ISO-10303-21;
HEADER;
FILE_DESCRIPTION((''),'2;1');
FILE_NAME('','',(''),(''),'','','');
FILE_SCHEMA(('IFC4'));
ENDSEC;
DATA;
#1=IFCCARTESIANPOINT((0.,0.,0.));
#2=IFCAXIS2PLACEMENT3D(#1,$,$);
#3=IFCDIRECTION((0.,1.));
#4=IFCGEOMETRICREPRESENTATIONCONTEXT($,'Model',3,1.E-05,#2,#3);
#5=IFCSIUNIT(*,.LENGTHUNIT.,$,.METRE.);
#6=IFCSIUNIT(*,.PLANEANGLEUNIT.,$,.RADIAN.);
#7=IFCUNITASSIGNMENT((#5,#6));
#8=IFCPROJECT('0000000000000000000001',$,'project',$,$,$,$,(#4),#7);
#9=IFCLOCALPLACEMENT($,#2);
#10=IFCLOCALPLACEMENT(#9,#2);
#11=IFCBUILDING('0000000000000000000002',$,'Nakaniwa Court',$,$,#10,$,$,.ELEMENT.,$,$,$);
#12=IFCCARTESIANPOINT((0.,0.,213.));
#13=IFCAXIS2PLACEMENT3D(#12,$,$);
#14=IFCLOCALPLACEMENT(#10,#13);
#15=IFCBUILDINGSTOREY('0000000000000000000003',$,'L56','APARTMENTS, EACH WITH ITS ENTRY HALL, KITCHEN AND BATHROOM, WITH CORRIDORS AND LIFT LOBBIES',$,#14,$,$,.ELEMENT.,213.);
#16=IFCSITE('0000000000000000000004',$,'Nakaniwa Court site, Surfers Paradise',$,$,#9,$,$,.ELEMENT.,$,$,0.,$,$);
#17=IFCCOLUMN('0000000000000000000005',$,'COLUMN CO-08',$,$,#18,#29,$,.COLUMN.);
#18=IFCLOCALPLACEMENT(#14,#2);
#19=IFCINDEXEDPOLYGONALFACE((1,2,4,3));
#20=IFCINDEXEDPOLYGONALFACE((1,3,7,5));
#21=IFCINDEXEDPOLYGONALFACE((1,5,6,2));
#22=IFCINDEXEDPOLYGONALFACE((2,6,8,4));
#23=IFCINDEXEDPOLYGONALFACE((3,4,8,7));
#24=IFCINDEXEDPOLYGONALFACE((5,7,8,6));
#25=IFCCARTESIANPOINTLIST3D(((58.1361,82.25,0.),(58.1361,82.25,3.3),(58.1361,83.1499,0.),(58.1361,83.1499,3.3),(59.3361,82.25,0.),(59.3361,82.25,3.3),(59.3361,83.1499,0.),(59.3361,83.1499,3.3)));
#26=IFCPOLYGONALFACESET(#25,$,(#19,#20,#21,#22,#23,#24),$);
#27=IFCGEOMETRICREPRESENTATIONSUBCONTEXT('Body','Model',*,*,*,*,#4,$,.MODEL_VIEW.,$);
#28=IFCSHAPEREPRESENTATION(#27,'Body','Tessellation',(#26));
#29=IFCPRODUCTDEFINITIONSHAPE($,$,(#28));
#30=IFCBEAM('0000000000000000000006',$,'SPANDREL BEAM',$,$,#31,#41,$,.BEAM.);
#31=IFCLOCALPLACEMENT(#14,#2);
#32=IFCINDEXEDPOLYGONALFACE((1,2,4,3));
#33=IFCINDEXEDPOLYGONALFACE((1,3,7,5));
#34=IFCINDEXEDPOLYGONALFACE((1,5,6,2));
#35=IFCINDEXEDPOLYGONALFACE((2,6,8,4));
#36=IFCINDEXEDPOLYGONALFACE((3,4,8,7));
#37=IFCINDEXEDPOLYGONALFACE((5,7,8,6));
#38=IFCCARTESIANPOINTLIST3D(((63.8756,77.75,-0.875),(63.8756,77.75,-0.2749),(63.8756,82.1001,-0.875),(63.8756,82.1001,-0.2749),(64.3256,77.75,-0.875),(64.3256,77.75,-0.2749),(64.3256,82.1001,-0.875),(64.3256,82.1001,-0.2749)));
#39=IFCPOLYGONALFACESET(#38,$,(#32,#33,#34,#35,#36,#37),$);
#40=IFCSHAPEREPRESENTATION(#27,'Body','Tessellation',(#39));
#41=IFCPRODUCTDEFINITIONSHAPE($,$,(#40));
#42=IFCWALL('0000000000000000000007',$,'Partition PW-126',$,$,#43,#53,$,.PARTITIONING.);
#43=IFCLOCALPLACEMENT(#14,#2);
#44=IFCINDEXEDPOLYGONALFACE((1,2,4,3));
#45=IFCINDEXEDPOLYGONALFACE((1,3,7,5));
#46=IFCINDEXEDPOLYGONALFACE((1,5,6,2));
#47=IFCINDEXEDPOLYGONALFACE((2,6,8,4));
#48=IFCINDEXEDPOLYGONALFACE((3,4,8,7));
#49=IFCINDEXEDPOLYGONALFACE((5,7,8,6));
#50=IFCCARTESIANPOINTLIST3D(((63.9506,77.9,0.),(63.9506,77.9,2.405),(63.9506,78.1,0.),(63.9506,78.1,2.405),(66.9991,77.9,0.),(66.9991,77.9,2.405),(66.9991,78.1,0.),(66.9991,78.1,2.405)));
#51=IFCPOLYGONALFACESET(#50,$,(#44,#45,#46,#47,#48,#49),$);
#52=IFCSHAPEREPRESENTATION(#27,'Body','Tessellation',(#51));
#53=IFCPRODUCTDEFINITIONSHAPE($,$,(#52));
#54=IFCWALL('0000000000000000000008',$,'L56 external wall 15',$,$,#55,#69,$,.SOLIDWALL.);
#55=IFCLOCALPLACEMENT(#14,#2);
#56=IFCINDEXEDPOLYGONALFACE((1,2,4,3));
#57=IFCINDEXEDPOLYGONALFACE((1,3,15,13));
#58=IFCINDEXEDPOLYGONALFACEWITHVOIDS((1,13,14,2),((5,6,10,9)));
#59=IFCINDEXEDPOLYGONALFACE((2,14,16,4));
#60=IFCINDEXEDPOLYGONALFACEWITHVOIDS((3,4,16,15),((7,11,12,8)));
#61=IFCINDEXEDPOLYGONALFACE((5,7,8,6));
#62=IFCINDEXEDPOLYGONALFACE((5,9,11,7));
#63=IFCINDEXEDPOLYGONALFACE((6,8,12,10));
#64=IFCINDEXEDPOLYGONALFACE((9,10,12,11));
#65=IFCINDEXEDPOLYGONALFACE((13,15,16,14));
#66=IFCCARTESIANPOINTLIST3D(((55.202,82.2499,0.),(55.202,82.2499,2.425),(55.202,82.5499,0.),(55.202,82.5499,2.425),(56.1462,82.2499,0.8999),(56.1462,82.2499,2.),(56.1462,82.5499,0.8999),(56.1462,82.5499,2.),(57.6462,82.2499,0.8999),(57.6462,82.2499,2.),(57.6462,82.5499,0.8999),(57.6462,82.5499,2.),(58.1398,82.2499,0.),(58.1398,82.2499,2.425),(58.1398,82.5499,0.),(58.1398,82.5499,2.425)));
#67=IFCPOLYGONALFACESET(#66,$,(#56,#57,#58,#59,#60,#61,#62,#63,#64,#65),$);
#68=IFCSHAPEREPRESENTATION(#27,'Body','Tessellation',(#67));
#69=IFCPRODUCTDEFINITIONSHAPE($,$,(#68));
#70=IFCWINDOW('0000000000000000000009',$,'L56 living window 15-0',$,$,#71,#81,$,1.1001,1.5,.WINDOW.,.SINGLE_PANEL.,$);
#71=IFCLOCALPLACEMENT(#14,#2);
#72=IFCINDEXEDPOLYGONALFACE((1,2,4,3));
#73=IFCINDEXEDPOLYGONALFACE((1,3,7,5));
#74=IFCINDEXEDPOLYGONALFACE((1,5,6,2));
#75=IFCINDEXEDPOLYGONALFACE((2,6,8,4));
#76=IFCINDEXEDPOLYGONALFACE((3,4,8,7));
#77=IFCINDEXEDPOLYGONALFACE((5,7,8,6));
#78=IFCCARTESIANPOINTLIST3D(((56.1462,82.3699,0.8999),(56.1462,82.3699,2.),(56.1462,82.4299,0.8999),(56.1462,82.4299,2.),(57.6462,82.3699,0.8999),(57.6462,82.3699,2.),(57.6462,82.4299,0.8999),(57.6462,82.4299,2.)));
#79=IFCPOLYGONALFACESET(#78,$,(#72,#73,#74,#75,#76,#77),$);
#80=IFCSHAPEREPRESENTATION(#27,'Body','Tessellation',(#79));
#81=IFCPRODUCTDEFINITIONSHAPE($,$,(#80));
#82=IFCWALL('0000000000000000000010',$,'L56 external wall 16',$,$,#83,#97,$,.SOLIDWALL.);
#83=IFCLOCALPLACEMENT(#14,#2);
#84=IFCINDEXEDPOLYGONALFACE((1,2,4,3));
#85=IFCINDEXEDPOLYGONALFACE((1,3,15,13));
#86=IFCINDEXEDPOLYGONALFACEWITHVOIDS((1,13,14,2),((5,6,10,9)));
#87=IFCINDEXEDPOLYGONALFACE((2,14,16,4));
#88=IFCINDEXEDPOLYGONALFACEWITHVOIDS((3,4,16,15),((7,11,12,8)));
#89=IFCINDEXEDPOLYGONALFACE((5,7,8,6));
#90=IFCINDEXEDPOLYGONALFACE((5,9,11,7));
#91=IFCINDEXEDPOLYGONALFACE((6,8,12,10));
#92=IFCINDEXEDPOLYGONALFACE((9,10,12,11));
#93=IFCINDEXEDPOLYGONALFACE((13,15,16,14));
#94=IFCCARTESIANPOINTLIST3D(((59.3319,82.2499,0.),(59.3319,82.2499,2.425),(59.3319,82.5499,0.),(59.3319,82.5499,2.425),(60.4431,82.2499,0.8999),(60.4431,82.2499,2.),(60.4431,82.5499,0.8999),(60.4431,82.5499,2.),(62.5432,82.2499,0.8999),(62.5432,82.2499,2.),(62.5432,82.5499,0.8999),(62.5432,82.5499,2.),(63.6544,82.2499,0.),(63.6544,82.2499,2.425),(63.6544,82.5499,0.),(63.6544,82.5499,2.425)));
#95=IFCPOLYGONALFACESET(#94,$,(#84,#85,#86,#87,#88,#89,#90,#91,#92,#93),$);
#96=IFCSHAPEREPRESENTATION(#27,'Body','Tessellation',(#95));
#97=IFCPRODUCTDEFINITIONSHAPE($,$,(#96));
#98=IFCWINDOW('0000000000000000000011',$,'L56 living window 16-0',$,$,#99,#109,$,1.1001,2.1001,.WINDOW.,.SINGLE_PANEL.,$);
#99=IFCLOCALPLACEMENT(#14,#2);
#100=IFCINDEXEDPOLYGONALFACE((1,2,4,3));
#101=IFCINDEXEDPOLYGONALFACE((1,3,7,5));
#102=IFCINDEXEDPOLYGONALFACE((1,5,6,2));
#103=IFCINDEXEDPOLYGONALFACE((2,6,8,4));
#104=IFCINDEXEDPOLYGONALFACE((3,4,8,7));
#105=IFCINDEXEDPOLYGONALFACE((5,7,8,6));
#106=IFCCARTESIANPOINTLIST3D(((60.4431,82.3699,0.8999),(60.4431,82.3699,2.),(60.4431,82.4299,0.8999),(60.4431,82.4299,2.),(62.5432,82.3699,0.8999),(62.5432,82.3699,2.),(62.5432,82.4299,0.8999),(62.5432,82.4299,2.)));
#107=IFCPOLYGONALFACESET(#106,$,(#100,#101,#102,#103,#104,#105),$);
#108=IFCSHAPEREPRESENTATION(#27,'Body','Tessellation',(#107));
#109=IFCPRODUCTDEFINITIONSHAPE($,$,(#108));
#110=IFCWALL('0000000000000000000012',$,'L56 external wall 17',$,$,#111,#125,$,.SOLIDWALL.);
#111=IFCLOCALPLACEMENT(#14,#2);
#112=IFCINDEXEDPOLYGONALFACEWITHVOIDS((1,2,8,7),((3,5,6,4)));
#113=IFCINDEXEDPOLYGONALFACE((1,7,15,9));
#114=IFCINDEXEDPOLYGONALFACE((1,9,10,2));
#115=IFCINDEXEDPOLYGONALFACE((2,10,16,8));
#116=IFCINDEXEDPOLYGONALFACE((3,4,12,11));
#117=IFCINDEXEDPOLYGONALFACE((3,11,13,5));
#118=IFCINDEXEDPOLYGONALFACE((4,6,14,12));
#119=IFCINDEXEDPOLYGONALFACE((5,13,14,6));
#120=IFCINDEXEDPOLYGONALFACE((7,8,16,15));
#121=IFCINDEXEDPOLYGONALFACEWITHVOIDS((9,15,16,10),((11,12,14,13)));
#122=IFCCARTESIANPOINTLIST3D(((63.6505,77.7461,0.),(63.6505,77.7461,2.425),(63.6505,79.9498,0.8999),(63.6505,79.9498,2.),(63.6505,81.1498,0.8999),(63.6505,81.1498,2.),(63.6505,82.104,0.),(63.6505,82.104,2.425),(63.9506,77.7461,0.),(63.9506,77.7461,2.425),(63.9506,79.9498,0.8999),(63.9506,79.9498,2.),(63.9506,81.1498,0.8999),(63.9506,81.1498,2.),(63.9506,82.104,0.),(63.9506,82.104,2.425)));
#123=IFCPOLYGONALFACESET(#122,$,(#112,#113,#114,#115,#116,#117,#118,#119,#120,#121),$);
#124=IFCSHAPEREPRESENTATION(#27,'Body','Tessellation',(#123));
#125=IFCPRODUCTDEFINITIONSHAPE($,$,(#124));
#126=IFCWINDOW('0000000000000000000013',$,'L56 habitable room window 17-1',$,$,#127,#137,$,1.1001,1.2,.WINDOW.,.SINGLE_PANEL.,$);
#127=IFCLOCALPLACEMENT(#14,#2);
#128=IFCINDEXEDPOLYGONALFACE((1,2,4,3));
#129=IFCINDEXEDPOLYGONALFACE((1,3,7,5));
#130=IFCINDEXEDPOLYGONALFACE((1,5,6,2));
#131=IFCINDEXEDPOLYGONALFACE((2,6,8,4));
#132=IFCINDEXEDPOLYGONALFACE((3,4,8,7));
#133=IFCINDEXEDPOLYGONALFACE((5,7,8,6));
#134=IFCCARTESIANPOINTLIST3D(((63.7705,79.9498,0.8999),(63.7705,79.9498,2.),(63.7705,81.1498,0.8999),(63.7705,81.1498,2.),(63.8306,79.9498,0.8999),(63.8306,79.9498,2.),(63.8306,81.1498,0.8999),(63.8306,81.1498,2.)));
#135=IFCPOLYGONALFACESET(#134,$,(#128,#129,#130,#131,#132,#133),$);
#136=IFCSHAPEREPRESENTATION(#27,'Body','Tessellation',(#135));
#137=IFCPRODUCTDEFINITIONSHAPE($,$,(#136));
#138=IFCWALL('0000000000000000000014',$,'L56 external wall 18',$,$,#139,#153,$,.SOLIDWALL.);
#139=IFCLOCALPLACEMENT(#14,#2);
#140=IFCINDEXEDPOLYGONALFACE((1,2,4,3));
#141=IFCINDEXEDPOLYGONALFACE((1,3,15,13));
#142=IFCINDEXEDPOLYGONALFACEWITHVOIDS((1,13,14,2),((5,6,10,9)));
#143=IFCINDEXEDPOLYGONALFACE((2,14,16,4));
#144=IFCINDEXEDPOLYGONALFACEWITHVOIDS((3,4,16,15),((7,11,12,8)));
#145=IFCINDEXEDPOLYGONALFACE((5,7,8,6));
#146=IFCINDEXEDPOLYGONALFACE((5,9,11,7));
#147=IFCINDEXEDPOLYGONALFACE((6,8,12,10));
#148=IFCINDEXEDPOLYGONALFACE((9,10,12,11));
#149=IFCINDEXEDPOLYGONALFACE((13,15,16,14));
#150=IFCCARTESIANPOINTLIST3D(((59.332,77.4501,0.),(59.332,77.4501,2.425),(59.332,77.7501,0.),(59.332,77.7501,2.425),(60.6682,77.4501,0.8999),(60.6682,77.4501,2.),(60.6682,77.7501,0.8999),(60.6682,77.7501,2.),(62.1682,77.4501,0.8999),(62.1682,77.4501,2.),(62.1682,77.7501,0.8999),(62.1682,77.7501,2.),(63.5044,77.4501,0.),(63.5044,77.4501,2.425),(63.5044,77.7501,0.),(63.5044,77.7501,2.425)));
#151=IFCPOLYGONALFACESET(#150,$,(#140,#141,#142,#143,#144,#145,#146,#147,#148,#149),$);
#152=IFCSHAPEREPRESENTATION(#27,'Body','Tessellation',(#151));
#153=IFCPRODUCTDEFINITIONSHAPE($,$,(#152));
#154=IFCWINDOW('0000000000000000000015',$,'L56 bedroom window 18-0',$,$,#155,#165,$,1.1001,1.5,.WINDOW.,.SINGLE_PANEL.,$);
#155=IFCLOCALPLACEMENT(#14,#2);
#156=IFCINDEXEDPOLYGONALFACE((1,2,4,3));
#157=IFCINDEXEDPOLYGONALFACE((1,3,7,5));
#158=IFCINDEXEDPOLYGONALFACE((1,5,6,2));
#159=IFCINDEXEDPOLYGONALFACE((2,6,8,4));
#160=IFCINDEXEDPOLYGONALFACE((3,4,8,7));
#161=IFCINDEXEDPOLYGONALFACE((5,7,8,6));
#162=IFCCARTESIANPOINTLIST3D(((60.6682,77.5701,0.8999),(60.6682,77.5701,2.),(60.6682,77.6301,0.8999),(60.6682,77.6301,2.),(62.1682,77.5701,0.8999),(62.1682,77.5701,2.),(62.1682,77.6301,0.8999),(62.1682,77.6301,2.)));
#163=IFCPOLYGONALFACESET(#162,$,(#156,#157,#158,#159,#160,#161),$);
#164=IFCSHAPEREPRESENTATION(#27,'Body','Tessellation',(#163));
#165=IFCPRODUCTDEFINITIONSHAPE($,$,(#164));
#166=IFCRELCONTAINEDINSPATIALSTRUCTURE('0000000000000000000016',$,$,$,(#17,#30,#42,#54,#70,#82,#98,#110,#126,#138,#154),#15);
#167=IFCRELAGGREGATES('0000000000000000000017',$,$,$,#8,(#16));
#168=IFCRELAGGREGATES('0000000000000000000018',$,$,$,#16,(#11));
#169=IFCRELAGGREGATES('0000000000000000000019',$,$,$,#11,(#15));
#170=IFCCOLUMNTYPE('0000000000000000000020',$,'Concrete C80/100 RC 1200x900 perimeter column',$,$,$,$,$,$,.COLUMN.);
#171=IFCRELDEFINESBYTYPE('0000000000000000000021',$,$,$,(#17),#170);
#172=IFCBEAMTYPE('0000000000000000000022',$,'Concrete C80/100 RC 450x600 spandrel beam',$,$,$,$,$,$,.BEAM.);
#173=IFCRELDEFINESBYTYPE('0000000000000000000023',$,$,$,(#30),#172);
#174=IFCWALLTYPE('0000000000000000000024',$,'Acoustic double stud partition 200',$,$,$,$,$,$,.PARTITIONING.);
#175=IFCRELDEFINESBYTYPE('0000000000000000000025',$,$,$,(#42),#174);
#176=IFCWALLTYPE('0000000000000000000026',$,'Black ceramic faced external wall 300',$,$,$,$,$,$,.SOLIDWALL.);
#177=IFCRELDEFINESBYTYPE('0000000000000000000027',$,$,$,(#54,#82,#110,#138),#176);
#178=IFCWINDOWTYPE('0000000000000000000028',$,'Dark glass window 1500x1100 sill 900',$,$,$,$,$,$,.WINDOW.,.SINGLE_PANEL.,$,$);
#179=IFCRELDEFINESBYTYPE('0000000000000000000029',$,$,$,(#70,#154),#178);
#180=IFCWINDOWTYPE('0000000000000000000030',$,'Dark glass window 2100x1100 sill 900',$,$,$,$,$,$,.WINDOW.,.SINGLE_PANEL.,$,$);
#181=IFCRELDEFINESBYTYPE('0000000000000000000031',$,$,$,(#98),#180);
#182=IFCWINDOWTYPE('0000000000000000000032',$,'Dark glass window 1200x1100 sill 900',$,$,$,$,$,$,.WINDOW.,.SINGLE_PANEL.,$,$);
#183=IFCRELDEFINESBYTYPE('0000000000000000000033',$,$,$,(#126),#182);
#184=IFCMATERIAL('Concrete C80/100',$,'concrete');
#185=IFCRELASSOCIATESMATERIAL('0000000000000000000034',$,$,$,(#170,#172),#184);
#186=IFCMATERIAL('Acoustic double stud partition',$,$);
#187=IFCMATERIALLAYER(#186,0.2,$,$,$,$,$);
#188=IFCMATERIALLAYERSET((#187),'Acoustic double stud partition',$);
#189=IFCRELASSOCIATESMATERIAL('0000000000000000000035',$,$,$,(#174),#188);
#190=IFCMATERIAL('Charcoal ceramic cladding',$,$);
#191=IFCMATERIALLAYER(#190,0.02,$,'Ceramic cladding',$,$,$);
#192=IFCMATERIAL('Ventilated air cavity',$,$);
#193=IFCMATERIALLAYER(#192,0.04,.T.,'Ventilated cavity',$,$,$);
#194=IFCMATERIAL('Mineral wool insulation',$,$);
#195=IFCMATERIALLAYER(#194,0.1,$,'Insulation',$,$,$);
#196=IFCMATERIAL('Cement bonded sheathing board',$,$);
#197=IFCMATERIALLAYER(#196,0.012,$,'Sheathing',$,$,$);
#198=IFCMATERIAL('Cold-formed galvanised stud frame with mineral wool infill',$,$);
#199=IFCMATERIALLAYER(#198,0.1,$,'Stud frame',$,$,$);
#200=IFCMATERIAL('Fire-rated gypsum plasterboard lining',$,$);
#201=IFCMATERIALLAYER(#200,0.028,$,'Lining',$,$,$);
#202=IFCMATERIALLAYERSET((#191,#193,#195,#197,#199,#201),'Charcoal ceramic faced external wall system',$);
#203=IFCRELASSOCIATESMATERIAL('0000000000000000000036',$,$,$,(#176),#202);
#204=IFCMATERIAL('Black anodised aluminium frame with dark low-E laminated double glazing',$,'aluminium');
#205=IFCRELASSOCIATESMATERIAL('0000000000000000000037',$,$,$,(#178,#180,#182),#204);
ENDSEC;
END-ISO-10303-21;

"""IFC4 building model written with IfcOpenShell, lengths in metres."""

from ifc_helpers import new_model, si_unit, direction, frame, frame_2d, origin, origin_2d, place, context, subcontext, project, spatial, rectangle, extrude, material, layer, layer_set, material_profile, profile_set, type_object, element, fill, save


model = new_model("IFC4")

# Units and contexts
model_context = context("Model", 3, precision=1e-05, world=origin(), true_north=direction((0.0, 1.0)))
body_context = subcontext(model_context, "Body", "Model", "MODEL_VIEW")
ifc_project = project(units=[si_unit("LENGTHUNIT", "METRE"), si_unit("PLANEANGLEUNIT", "RADIAN")], contexts=[model_context])

# Site, building, storey
site_placement = place(None, origin())
site = spatial("IfcSite", under=ifc_project, at=site_placement, Name="Nakaniwa Court site, Surfers Paradise", CompositionType="ELEMENT", RefElevation=0.0)
building_placement = place(site_placement, origin())
building = spatial("IfcBuilding", under=site, at=building_placement, Name="Nakaniwa Court", CompositionType="ELEMENT")
storey_placement = place(building_placement, frame((0.0, 0.0, 213.0)))
storey = spatial("IfcBuildingStorey", under=building, at=storey_placement, Name="L56", Description="APARTMENTS, EACH WITH ITS ENTRY HALL, KITCHEN AND BATHROOM, WITH CORRIDORS AND LIFT LOBBIES", CompositionType="ELEMENT", Elevation=213.0)

# Column
ifc_material_1 = material(Name="Concrete C80/100", Category="concrete")
ifc_material_profile_1 = material_profile(ifc_material_1, rectangle(XDim=1.2, YDim=0.8999, at=origin_2d()), Name="Concrete C80/100 RC 1200x900 perimeter column")
ifc_profile_set_1 = profile_set([ifc_material_profile_1], Name="Concrete C80/100")
column_type = type_object("IfcColumnType", Name="Concrete C80/100 RC 1200x900 perimeter column", PredefinedType="COLUMN", material=ifc_profile_set_1)
column_placement = place(storey_placement, frame((58.7361, 82.7, 0.0), z_axis=(0.0, 0.0, 1.0), x_axis=(1.0, 0.0, 0.0)))
element("IfcColumn", 1, at=column_placement, inside=storey, type_object=column_type, Name="COLUMN CO-08", PredefinedType="COLUMN", context=body_context, shape_type="SweptSolid", body=[
    extrude(rectangle(XDim=1.2, YDim=0.8999, at=origin_2d()), origin(), (0.0, 0.0, 1.0), 3.3),
])

# Beam
ifc_material_profile_2 = material_profile(ifc_material_1, rectangle(XDim=0.45, YDim=0.6001, at=origin_2d()), Name="Concrete C80/100 RC 450x600 spandrel beam")
ifc_profile_set_2 = profile_set([ifc_material_profile_2], Name="Concrete C80/100")
beam_type = type_object("IfcBeamType", Name="Concrete C80/100 RC 450x600 spandrel beam", PredefinedType="BEAM", material=ifc_profile_set_2)
beam_placement = place(storey_placement, frame((64.1006, 82.1001, -0.575), z_axis=(0.0, -1.0, 0.0), x_axis=(1.0, 0.0, 0.0)))
element("IfcBeam", 2, at=beam_placement, inside=storey, type_object=beam_type, Name="SPANDREL BEAM", PredefinedType="BEAM", context=body_context, shape_type="SweptSolid", body=[
    extrude(rectangle(XDim=0.45, YDim=0.6001, at=origin_2d()), origin(), (0.0, 0.0, 1.0), 4.3501),
])

# Wall
ifc_material_2 = material(Name="Acoustic double stud partition")
ifc_layer_1 = layer(ifc_material_2, 0.2)
ifc_layer_set_1 = layer_set([ifc_layer_1], Name="Acoustic double stud partition")
wall_type_1 = type_object("IfcWallType", Name="Acoustic double stud partition 200", PredefinedType="PARTITIONING", material=ifc_layer_set_1)
wall_1_placement = place(storey_placement, frame((63.9504, 78.0, 0.0), z_axis=(0.0, 0.0, 1.0), x_axis=(1.0, 0.0, 0.0)))
element("IfcWall", 3, at=wall_1_placement, inside=storey, type_object=wall_type_1, Name="Partition PW-126", PredefinedType="PARTITIONING", context=body_context, shape_type="SweptSolid", body=[
    extrude(rectangle(XDim=3.0486, YDim=0.2, at=frame_2d((1.5244, 0.0))), origin(), (0.0, 0.0, 1.0), 2.405),
])

# Walls, openings, windows
ifc_material_3 = material(Name="Charcoal ceramic cladding")
ifc_layer_2 = layer(ifc_material_3, 0.02, Name="Ceramic cladding")
ifc_material_4 = material(Name="Ventilated air cavity")
ifc_layer_3 = layer(ifc_material_4, 0.04, ventilated=True, Name="Ventilated cavity")
ifc_material_5 = material(Name="Mineral wool insulation")
ifc_layer_4 = layer(ifc_material_5, 0.1, Name="Insulation")
ifc_material_6 = material(Name="Cement bonded sheathing board")
ifc_layer_5 = layer(ifc_material_6, 0.012, Name="Sheathing")
ifc_material_7 = material(Name="Cold-formed galvanised stud frame with mineral wool infill")
ifc_layer_6 = layer(ifc_material_7, 0.1, Name="Stud frame")
ifc_material_8 = material(Name="Fire-rated gypsum plasterboard lining")
ifc_layer_7 = layer(ifc_material_8, 0.028, Name="Lining")
ifc_layer_set_2 = layer_set([ifc_layer_2, ifc_layer_3, ifc_layer_4, ifc_layer_5, ifc_layer_6, ifc_layer_7], Name="Charcoal ceramic faced external wall system")
wall_type_2 = type_object("IfcWallType", Name="Black ceramic faced external wall 300", PredefinedType="SOLIDWALL", material=ifc_layer_set_2)
wall_2_placement = place(storey_placement, frame((55.2021, 82.3999, 0.0), z_axis=(0.0, 0.0, 1.0), x_axis=(1.0, 0.0, 0.0)))
wall_2 = element("IfcWall", 4, at=wall_2_placement, inside=storey, type_object=wall_type_2, Name="L56 external wall 15", PredefinedType="SOLIDWALL", context=body_context, shape_type="SweptSolid", body=[
    extrude(rectangle(XDim=2.9377, YDim=0.3, at=frame_2d((1.4688, 0.0))), origin(), (0.0, 0.0, 1.0), 2.425),
])
opening_1_placement = place(wall_2_placement, frame((0.9441, 0.0, 0.8999)))
opening_1 = element("IfcOpeningElement", 5, at=opening_1_placement, cuts=wall_2, PredefinedType="OPENING", context=body_context, shape_type="SweptSolid", body=[
    extrude(rectangle(XDim=1.5, YDim=1.1001, at=frame_2d((0.75, 0.55))), frame((0.0, 0.1599, 0.0), z_axis=(0.0, -1.0, 0.0), x_axis=(1.0, 0.0, 0.0)), (0.0, 0.0, 1.0), 0.3201),
])
ifc_material_9 = material(Name="Black anodised aluminium frame with dark low-E laminated double glazing", Category="aluminium")
window_type_1 = type_object("IfcWindowType", Name="Dark glass window 1500x1100 sill 900", PartitioningType="SINGLE_PANEL", PredefinedType="WINDOW", material=ifc_material_9)
window_1_placement = place(opening_1_placement, origin())
window_1 = element("IfcWindow", 6, at=window_1_placement, inside=storey, type_object=window_type_1, Name="L56 living window 15-0", OverallHeight=1.1001, OverallWidth=1.5, PartitioningType="SINGLE_PANEL", PredefinedType="WINDOW", context=body_context, shape_type="SweptSolid", body=[
    extrude(rectangle(XDim=1.5, YDim=1.1001, at=frame_2d((0.75, 0.55))), frame((0.0, 0.03, 0.0), z_axis=(0.0, -1.0, 0.0), x_axis=(1.0, 0.0, 0.0)), (0.0, 0.0, 1.0), 0.0601),
])
fill(opening_1, window_1)
wall_3_placement = place(storey_placement, frame((59.332, 82.3999, 0.0), z_axis=(0.0, 0.0, 1.0), x_axis=(1.0, 0.0, 0.0)))
wall_3 = element("IfcWall", 7, at=wall_3_placement, inside=storey, type_object=wall_type_2, Name="L56 external wall 16", PredefinedType="SOLIDWALL", context=body_context, shape_type="SweptSolid", body=[
    extrude(rectangle(XDim=4.3225, YDim=0.3, at=frame_2d((2.1611, 0.0))), origin(), (0.0, 0.0, 1.0), 2.425),
])
opening_2_placement = place(wall_3_placement, frame((1.1111, 0.0, 0.8999)))
opening_2 = element("IfcOpeningElement", 8, at=opening_2_placement, cuts=wall_3, PredefinedType="OPENING", context=body_context, shape_type="SweptSolid", body=[
    extrude(rectangle(XDim=2.1001, YDim=1.1001, at=frame_2d((1.05, 0.55))), frame((0.0, 0.1599, 0.0), z_axis=(0.0, -1.0, 0.0), x_axis=(1.0, 0.0, 0.0)), (0.0, 0.0, 1.0), 0.3201),
])
window_type_2 = type_object("IfcWindowType", Name="Dark glass window 2100x1100 sill 900", PartitioningType="SINGLE_PANEL", PredefinedType="WINDOW", material=ifc_material_9)
window_2_placement = place(opening_2_placement, origin())
window_2 = element("IfcWindow", 9, at=window_2_placement, inside=storey, type_object=window_type_2, Name="L56 living window 16-0", OverallHeight=1.1001, OverallWidth=2.1001, PartitioningType="SINGLE_PANEL", PredefinedType="WINDOW", context=body_context, shape_type="SweptSolid", body=[
    extrude(rectangle(XDim=2.1001, YDim=1.1001, at=frame_2d((1.05, 0.55))), frame((0.0, 0.03, 0.0), z_axis=(0.0, -1.0, 0.0), x_axis=(1.0, 0.0, 0.0)), (0.0, 0.0, 1.0), 0.0601),
])
fill(opening_2, window_2)
wall_4_placement = place(storey_placement, frame((63.8005, 82.104, 0.0), z_axis=(0.0, 0.0, 1.0), x_axis=(0.0, -1.0, 0.0)))
wall_4 = element("IfcWall", 10, at=wall_4_placement, inside=storey, type_object=wall_type_2, Name="L56 external wall 17", PredefinedType="SOLIDWALL", context=body_context, shape_type="SweptSolid", body=[
    extrude(rectangle(XDim=4.3579, YDim=0.3, at=frame_2d((2.179, 0.0))), origin(), (0.0, 0.0, 1.0), 2.425),
])
opening_3_placement = place(wall_4_placement, frame((0.9541, 0.0, 0.8999)))
opening_3 = element("IfcOpeningElement", 11, at=opening_3_placement, cuts=wall_4, PredefinedType="OPENING", context=body_context, shape_type="SweptSolid", body=[
    extrude(rectangle(XDim=1.2, YDim=1.1001, at=frame_2d((0.6001, 0.55))), frame((0.0, 0.1599, 0.0), z_axis=(0.0, -1.0, 0.0), x_axis=(1.0, 0.0, 0.0)), (0.0, 0.0, 1.0), 0.3201),
])
window_type_3 = type_object("IfcWindowType", Name="Dark glass window 1200x1100 sill 900", PartitioningType="SINGLE_PANEL", PredefinedType="WINDOW", material=ifc_material_9)
window_3_placement = place(opening_3_placement, origin())
window_3 = element("IfcWindow", 12, at=window_3_placement, inside=storey, type_object=window_type_3, Name="L56 habitable room window 17-1", OverallHeight=1.1001, OverallWidth=1.2, PartitioningType="SINGLE_PANEL", PredefinedType="WINDOW", context=body_context, shape_type="SweptSolid", body=[
    extrude(rectangle(XDim=1.2, YDim=1.1001, at=frame_2d((0.6001, 0.55))), frame((0.0, 0.03, 0.0), z_axis=(0.0, -1.0, 0.0), x_axis=(1.0, 0.0, 0.0)), (0.0, 0.0, 1.0), 0.0601),
])
fill(opening_3, window_3)
wall_5_placement = place(storey_placement, frame((63.5044, 77.6001, 0.0), z_axis=(0.0, 0.0, 1.0), x_axis=(-1.0, 0.0, 0.0)))
wall_5 = element("IfcWall", 13, at=wall_5_placement, inside=storey, type_object=wall_type_2, Name="L56 external wall 18", PredefinedType="SOLIDWALL", context=body_context, shape_type="SweptSolid", body=[
    extrude(rectangle(XDim=4.1724, YDim=0.3, at=frame_2d((2.0862, 0.0))), origin(), (0.0, 0.0, 1.0), 2.425),
])
opening_4_placement = place(wall_5_placement, frame((1.3362, 0.0, 0.8999)))
opening_4 = element("IfcOpeningElement", 14, at=opening_4_placement, cuts=wall_5, PredefinedType="OPENING", context=body_context, shape_type="SweptSolid", body=[
    extrude(rectangle(XDim=1.5, YDim=1.1001, at=frame_2d((0.75, 0.55))), frame((0.0, 0.1599, 0.0), z_axis=(0.0, -1.0, 0.0), x_axis=(1.0, 0.0, 0.0)), (0.0, 0.0, 1.0), 0.3201),
])
window_4_placement = place(opening_4_placement, origin())
window_4 = element("IfcWindow", 15, at=window_4_placement, inside=storey, type_object=window_type_1, Name="L56 bedroom window 18-0", OverallHeight=1.1001, OverallWidth=1.5, PartitioningType="SINGLE_PANEL", PredefinedType="WINDOW", context=body_context, shape_type="SweptSolid", body=[
    extrude(rectangle(XDim=1.5, YDim=1.1001, at=frame_2d((0.75, 0.55))), frame((0.0, 0.03, 0.0), z_axis=(0.0, -1.0, 0.0), x_axis=(1.0, 0.0, 0.0)), (0.0, 0.0, 1.0), 0.0601),
])
fill(opening_4, window_4)

save(model, "model.ifc")
